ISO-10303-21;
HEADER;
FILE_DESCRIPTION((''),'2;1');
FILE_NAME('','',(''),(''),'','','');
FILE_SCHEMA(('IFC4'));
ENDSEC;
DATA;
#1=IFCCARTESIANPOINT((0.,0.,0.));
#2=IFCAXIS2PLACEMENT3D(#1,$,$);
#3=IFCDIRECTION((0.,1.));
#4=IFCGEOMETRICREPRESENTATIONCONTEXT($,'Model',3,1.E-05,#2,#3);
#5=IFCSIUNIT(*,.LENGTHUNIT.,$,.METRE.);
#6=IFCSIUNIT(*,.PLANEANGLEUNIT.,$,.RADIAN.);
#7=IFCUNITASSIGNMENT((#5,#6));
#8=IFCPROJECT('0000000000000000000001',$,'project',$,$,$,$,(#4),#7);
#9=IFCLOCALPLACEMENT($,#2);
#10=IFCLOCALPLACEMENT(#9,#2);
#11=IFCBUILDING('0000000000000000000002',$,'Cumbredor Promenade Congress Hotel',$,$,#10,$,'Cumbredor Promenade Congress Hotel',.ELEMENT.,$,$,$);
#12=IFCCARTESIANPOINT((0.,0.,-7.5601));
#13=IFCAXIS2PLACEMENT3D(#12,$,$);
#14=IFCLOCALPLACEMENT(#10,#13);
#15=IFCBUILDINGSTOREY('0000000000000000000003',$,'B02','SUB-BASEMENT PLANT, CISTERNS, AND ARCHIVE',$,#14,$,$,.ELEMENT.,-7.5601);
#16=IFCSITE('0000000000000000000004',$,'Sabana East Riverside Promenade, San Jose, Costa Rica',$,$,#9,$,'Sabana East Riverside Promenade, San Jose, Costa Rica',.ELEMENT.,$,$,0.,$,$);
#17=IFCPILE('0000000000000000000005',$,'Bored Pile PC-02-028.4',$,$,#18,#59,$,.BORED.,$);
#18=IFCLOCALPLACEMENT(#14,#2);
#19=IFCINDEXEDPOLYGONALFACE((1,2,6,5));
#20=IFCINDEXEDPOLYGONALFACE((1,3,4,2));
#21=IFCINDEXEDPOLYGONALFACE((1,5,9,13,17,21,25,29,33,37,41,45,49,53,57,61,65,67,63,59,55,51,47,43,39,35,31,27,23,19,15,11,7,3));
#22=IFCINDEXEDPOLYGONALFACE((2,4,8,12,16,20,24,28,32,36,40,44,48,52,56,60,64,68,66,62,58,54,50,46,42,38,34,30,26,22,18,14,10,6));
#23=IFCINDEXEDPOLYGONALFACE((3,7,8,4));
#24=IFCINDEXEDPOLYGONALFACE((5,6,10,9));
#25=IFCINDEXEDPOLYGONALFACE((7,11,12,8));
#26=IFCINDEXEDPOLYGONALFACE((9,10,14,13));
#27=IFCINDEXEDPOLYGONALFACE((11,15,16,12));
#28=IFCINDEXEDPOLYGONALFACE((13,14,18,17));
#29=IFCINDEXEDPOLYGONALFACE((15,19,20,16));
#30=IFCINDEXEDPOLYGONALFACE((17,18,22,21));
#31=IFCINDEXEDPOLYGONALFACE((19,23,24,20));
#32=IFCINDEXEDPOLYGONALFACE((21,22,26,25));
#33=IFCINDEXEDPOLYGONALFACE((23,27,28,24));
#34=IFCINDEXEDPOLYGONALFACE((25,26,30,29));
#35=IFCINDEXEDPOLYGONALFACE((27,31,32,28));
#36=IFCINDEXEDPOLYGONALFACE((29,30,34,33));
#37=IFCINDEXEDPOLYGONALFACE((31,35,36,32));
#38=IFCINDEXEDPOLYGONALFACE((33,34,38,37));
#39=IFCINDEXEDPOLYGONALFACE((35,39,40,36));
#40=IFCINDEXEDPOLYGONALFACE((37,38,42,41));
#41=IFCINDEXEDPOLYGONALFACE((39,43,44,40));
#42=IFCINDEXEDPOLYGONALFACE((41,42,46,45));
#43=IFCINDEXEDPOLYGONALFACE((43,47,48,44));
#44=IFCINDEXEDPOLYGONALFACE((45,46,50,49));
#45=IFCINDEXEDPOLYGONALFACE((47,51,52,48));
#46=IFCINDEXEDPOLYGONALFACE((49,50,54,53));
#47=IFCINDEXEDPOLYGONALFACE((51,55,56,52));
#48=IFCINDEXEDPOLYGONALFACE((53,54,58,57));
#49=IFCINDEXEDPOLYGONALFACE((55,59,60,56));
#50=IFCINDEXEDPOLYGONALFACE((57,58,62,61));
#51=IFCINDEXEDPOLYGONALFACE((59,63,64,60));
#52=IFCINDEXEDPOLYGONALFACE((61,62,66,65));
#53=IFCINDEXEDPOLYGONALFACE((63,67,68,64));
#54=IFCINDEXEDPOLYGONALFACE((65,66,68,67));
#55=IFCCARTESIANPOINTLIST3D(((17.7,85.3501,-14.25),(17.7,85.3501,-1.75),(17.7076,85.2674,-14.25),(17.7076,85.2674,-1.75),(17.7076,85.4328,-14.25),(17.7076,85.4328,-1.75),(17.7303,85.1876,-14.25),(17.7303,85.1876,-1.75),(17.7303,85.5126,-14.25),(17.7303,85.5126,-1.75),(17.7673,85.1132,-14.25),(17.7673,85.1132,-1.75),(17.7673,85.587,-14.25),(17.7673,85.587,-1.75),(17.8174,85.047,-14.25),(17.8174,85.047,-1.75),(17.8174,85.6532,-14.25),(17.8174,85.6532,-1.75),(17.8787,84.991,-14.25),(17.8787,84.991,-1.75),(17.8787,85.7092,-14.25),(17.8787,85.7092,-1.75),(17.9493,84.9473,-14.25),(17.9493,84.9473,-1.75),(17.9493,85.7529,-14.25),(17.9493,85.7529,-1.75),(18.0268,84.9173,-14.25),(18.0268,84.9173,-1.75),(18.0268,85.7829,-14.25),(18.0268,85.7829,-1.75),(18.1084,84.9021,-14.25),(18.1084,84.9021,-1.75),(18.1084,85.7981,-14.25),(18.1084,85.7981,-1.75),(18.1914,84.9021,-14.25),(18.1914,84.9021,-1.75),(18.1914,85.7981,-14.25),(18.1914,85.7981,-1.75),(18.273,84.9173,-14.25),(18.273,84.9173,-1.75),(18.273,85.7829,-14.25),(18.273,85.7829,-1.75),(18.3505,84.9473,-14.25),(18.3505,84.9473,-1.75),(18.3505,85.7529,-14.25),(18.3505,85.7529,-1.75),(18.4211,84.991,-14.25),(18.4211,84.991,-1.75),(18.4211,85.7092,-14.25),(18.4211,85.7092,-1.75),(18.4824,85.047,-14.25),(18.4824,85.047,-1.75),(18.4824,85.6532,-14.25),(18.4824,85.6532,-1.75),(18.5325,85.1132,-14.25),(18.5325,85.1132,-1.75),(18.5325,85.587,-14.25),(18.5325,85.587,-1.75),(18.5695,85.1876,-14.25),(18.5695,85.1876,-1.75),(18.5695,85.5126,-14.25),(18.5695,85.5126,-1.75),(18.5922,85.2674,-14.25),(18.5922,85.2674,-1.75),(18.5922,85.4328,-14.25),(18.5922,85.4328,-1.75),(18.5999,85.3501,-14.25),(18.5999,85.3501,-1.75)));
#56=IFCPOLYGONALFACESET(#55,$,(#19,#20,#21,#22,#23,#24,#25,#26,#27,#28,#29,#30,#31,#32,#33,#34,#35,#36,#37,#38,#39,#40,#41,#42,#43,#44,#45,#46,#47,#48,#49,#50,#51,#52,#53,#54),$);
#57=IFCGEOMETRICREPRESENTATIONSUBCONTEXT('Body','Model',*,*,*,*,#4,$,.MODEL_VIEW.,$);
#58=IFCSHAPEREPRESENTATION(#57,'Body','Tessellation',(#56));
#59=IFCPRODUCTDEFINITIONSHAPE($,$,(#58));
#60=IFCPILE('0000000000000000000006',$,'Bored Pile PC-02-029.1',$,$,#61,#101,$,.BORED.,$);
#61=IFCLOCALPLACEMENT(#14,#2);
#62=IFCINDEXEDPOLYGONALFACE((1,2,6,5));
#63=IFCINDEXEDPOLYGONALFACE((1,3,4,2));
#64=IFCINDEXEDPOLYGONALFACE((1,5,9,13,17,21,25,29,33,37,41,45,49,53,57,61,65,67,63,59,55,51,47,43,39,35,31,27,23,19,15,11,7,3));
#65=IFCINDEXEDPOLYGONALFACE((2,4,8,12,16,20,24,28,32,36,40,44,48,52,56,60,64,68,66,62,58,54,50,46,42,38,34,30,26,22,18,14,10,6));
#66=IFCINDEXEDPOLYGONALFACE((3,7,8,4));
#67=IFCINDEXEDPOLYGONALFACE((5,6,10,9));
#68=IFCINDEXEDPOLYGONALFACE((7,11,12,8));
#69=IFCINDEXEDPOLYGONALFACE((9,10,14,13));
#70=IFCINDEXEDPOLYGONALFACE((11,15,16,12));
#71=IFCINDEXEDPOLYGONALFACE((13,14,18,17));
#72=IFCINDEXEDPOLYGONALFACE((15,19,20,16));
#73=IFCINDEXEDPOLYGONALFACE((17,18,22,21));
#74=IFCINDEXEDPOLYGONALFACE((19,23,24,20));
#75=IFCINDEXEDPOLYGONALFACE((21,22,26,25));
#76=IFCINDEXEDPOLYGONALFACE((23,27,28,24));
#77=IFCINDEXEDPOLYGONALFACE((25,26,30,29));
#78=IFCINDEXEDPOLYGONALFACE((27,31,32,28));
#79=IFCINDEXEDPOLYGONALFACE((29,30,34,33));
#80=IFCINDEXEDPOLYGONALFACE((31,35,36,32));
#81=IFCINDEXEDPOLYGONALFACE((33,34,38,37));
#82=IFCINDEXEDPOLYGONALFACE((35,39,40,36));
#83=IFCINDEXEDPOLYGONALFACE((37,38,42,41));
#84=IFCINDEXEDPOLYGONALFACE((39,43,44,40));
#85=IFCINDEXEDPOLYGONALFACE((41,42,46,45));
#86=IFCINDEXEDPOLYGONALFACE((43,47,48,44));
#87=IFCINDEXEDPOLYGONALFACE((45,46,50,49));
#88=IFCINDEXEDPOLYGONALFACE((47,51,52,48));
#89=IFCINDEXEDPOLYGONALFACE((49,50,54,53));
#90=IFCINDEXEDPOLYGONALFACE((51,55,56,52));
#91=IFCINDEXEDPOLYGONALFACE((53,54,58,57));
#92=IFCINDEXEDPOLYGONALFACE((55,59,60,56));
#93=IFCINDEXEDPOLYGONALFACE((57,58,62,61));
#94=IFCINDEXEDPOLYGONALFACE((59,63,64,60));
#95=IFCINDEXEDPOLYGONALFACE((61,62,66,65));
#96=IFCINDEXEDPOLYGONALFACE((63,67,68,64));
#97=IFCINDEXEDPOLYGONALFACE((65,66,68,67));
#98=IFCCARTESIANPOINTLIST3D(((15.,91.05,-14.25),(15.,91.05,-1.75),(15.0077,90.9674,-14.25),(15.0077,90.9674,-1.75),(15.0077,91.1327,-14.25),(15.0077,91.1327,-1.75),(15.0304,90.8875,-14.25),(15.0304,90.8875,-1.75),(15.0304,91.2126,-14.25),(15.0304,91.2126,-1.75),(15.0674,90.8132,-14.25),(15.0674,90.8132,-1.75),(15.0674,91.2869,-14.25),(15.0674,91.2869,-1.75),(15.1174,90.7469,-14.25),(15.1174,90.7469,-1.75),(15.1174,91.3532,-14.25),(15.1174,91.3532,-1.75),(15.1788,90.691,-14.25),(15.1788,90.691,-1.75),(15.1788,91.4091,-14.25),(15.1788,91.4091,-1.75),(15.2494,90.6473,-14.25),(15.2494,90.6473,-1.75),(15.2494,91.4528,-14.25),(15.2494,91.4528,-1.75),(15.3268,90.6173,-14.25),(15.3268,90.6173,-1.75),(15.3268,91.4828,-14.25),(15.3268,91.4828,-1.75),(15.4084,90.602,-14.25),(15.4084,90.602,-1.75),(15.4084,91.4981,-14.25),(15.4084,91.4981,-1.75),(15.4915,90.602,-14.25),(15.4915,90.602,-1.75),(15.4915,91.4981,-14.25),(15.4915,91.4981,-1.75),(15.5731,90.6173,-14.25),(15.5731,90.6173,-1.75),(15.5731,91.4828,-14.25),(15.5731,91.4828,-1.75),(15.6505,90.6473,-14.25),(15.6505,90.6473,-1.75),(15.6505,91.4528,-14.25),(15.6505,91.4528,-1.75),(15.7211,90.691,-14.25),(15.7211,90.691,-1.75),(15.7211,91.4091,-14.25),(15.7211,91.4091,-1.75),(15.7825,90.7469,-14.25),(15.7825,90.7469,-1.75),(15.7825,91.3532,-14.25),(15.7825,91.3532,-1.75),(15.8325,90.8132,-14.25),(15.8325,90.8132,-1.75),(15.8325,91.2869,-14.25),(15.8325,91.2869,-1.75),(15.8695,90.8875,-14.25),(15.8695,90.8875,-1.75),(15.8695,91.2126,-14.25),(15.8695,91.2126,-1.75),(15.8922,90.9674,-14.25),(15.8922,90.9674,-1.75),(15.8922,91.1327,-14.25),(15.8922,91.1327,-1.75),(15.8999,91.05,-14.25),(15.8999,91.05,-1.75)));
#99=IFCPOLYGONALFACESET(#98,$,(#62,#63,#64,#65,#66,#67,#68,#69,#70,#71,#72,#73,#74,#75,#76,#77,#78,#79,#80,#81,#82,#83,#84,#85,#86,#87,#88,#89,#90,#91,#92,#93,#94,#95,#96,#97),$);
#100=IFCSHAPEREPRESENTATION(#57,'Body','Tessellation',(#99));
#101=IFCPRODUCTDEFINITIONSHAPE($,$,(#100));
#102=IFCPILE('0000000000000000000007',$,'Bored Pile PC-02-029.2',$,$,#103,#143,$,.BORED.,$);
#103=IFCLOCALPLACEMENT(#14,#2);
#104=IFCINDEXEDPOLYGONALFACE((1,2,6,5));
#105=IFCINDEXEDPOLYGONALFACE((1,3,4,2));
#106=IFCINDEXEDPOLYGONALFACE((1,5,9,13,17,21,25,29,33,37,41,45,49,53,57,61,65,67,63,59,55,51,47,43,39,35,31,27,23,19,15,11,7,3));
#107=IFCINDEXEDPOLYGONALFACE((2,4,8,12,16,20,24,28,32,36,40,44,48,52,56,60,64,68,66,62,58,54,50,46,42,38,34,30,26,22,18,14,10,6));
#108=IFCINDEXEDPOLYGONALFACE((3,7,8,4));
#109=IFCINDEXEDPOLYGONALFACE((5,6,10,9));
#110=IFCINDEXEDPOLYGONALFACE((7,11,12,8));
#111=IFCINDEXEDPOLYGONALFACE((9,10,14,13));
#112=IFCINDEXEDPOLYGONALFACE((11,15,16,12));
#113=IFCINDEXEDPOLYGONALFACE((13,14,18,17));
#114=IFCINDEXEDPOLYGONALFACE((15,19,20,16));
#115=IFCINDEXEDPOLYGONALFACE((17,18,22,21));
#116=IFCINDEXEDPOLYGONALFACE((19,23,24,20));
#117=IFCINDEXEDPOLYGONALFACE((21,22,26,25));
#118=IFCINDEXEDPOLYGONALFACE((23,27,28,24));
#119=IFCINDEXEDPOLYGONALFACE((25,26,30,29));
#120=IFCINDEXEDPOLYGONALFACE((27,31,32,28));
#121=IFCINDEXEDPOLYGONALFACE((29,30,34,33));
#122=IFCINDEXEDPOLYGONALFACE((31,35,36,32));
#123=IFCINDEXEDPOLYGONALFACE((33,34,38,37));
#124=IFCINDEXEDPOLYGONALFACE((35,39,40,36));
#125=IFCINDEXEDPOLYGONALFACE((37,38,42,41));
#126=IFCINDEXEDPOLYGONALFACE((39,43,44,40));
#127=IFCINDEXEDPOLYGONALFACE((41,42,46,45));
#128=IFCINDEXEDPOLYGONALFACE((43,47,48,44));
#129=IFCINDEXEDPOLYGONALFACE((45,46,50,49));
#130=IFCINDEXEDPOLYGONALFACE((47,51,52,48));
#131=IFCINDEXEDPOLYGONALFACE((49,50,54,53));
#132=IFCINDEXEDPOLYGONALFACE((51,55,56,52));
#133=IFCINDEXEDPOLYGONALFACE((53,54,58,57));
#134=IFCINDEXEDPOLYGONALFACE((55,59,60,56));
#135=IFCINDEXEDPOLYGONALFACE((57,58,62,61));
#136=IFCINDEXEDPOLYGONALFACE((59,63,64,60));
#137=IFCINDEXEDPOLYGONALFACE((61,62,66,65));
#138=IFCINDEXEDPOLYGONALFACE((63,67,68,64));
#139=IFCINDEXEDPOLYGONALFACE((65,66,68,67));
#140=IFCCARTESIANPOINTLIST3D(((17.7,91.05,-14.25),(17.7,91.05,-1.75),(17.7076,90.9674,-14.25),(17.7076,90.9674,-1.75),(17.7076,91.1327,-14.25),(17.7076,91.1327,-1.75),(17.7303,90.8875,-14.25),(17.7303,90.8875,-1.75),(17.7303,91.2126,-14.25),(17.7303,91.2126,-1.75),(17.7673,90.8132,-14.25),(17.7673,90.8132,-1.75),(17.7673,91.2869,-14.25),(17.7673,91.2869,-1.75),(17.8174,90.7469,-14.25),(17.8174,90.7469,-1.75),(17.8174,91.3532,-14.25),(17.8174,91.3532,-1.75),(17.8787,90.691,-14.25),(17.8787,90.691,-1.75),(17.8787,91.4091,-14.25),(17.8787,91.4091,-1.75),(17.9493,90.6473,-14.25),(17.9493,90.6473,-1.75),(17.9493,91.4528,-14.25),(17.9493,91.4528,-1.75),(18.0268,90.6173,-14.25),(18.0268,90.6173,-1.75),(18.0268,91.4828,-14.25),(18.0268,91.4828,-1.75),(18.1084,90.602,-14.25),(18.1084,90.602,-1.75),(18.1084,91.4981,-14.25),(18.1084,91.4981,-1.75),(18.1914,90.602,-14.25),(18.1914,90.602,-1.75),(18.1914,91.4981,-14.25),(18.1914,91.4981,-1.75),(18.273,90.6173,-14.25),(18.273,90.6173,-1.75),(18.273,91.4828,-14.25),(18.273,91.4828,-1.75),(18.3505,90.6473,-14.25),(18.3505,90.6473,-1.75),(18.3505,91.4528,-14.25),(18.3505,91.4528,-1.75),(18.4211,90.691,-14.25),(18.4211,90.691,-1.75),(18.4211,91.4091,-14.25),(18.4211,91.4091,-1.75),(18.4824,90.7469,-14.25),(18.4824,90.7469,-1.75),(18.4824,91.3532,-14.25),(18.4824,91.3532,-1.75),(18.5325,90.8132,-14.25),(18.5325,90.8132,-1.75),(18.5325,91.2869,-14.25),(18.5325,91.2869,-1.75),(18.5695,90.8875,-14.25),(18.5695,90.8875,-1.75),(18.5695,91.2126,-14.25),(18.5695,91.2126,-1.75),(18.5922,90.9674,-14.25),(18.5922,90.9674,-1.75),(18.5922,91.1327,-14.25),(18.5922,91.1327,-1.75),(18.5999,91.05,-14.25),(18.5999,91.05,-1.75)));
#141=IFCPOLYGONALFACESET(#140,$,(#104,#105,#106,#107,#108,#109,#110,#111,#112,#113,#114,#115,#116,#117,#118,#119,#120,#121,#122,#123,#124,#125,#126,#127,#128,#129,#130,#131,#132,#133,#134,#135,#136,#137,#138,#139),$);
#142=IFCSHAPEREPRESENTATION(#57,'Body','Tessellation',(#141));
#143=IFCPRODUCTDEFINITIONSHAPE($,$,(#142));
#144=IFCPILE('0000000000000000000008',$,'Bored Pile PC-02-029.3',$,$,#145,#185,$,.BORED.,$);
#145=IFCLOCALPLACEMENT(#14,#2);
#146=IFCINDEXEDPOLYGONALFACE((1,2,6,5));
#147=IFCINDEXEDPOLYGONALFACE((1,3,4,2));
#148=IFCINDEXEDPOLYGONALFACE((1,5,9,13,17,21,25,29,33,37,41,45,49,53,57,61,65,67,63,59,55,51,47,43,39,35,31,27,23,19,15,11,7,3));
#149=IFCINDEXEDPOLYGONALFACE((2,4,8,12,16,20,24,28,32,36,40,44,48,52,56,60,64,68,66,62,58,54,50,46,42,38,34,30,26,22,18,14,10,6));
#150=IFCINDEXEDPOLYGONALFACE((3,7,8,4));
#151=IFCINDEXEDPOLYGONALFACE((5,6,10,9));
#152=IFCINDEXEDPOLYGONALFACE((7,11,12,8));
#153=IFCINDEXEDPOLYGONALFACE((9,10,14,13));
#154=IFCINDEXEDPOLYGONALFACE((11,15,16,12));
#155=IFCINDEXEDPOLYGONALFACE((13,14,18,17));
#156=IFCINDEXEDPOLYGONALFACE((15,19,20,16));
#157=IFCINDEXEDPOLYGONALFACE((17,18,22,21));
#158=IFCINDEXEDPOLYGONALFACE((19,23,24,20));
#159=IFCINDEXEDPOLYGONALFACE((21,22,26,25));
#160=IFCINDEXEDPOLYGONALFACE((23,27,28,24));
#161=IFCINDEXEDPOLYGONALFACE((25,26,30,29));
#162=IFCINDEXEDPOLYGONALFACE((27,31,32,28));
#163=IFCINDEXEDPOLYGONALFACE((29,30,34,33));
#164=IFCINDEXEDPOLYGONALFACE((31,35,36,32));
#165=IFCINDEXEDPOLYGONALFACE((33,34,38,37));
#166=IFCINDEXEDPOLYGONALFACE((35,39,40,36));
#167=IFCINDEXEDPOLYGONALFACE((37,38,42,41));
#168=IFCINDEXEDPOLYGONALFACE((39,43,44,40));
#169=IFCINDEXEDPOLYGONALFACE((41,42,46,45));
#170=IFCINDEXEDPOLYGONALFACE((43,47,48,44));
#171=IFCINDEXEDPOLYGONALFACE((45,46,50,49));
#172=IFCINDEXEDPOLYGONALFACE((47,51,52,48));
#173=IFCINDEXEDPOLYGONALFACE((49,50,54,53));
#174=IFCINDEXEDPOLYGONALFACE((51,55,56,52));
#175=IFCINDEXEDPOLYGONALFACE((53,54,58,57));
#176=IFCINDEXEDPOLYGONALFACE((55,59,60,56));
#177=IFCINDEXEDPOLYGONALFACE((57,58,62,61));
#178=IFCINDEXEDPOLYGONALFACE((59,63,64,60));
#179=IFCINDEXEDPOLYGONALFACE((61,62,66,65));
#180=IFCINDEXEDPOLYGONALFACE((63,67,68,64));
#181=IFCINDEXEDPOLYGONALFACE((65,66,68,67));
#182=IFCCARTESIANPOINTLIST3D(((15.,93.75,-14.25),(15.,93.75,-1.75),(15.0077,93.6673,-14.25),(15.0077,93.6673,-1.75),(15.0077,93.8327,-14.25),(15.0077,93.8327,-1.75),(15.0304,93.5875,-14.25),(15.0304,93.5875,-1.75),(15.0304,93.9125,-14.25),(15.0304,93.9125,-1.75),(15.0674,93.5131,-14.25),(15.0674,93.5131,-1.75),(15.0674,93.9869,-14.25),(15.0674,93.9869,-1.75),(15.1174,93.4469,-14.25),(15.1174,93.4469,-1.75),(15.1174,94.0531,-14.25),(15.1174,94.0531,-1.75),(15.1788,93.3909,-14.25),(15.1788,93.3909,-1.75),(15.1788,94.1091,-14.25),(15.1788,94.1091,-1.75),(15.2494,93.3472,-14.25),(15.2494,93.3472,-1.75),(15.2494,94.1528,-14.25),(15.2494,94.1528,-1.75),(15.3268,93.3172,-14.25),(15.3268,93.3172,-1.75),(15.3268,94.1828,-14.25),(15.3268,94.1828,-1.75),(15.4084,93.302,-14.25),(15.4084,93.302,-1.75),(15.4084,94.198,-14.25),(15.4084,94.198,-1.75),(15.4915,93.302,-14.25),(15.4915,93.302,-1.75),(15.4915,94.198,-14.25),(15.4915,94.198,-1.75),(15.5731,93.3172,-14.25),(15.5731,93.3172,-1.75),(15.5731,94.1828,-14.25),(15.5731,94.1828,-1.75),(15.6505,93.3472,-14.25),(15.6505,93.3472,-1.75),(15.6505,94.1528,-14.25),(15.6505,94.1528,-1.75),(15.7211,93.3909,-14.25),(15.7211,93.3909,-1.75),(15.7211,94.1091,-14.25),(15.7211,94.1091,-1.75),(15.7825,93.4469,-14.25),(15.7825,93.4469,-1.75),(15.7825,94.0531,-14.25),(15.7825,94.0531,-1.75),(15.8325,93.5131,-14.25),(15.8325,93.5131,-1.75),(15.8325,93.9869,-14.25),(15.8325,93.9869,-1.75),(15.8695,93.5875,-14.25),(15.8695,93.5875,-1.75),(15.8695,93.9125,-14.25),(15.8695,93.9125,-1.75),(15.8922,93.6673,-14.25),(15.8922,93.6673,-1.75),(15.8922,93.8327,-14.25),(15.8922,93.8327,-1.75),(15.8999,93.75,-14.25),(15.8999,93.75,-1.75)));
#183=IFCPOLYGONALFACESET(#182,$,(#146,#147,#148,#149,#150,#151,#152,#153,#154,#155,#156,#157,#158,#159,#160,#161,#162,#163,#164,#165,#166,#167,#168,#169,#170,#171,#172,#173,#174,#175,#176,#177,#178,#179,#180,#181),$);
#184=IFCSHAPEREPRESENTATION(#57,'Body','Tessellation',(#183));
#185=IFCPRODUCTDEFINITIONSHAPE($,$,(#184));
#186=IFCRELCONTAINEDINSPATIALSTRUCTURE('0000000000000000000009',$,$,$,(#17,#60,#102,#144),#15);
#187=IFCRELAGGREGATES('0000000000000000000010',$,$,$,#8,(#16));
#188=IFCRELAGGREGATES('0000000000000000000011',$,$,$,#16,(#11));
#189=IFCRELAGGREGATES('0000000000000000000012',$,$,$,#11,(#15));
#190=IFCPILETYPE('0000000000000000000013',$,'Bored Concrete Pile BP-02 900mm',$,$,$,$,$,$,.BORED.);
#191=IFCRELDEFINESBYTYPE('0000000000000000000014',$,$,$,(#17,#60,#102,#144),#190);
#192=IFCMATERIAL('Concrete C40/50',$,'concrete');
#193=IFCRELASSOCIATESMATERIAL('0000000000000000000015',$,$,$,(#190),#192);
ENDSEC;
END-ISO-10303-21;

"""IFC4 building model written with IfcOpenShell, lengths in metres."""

from ifc_helpers import new_model, si_unit, direction, frame, origin, origin_2d, place, context, subcontext, project, spatial, circle, extrude, material, material_profile, profile_set, type_object, element, save


model = new_model("IFC4")

# Units and contexts
model_context = context("Model", 3, precision=1e-05, world=origin(), true_north=direction((0.0, 1.0)))
body_context = subcontext(model_context, "Body", "Model", "MODEL_VIEW")
ifc_project = project(units=[si_unit("LENGTHUNIT", "METRE"), si_unit("PLANEANGLEUNIT", "RADIAN")], contexts=[model_context])

# Site, building, storey
site_placement = place(None, origin())
site = spatial("IfcSite", under=ifc_project, at=site_placement, Name="Sabana East Riverside Promenade, San Jose, Costa Rica", LongName="Sabana East Riverside Promenade, San Jose, Costa Rica", CompositionType="ELEMENT", RefElevation=0.0)
building_placement = place(site_placement, origin())
building = spatial("IfcBuilding", under=site, at=building_placement, Name="Cumbredor Promenade Congress Hotel", LongName="Cumbredor Promenade Congress Hotel", CompositionType="ELEMENT")
storey_placement = place(building_placement, frame((0.0, 0.0, -7.5601)))
storey = spatial("IfcBuildingStorey", under=building, at=storey_placement, Name="B02", Description="SUB-BASEMENT PLANT, CISTERNS, AND ARCHIVE", CompositionType="ELEMENT", Elevation=-7.5601)

# Piles
ifc_material_1 = material(Name="Concrete C40/50", Category="concrete")
ifc_material_profile_1 = material_profile(ifc_material_1, circle(Radius=0.45, at=origin_2d()), Name="PILE D900")
ifc_profile_set_1 = profile_set([ifc_material_profile_1], Name="Concrete C40/50")
pile_type = type_object("IfcPileType", Name="Bored Concrete Pile BP-02 900mm", PredefinedType="BORED", material=ifc_profile_set_1)
for number, where, z_axis, x_axis, name in (
    (1, (18.1499, 85.3501, -1.75), (0.0, 0.0, -1.0), (1.0, 0.0, 0.0), "Bored Pile PC-02-028.4"),
    (2, (15.45, 91.05, -1.75), (0.0, 0.0, -1.0), (1.0, 0.0, 0.0), "Bored Pile PC-02-029.1"),
    (3, (18.1499, 91.05, -1.75), (0.0, 0.0, -1.0), (1.0, 0.0, 0.0), "Bored Pile PC-02-029.2"),
    (4, (15.45, 93.75, -1.75), (0.0, 0.0, -1.0), (1.0, 0.0, 0.0), "Bored Pile PC-02-029.3"),
):
    element("IfcPile", number, at=place(storey_placement, frame(where, z_axis=z_axis, x_axis=x_axis)), inside=storey, type_object=pile_type, Name=name, PredefinedType="BORED", context=body_context, shape_type="SweptSolid", body=[
        extrude(circle(Radius=0.45, at=origin_2d()), origin(), (0.0, 0.0, 1.0), 12.5),
    ])

save(model, "model.ifc")
